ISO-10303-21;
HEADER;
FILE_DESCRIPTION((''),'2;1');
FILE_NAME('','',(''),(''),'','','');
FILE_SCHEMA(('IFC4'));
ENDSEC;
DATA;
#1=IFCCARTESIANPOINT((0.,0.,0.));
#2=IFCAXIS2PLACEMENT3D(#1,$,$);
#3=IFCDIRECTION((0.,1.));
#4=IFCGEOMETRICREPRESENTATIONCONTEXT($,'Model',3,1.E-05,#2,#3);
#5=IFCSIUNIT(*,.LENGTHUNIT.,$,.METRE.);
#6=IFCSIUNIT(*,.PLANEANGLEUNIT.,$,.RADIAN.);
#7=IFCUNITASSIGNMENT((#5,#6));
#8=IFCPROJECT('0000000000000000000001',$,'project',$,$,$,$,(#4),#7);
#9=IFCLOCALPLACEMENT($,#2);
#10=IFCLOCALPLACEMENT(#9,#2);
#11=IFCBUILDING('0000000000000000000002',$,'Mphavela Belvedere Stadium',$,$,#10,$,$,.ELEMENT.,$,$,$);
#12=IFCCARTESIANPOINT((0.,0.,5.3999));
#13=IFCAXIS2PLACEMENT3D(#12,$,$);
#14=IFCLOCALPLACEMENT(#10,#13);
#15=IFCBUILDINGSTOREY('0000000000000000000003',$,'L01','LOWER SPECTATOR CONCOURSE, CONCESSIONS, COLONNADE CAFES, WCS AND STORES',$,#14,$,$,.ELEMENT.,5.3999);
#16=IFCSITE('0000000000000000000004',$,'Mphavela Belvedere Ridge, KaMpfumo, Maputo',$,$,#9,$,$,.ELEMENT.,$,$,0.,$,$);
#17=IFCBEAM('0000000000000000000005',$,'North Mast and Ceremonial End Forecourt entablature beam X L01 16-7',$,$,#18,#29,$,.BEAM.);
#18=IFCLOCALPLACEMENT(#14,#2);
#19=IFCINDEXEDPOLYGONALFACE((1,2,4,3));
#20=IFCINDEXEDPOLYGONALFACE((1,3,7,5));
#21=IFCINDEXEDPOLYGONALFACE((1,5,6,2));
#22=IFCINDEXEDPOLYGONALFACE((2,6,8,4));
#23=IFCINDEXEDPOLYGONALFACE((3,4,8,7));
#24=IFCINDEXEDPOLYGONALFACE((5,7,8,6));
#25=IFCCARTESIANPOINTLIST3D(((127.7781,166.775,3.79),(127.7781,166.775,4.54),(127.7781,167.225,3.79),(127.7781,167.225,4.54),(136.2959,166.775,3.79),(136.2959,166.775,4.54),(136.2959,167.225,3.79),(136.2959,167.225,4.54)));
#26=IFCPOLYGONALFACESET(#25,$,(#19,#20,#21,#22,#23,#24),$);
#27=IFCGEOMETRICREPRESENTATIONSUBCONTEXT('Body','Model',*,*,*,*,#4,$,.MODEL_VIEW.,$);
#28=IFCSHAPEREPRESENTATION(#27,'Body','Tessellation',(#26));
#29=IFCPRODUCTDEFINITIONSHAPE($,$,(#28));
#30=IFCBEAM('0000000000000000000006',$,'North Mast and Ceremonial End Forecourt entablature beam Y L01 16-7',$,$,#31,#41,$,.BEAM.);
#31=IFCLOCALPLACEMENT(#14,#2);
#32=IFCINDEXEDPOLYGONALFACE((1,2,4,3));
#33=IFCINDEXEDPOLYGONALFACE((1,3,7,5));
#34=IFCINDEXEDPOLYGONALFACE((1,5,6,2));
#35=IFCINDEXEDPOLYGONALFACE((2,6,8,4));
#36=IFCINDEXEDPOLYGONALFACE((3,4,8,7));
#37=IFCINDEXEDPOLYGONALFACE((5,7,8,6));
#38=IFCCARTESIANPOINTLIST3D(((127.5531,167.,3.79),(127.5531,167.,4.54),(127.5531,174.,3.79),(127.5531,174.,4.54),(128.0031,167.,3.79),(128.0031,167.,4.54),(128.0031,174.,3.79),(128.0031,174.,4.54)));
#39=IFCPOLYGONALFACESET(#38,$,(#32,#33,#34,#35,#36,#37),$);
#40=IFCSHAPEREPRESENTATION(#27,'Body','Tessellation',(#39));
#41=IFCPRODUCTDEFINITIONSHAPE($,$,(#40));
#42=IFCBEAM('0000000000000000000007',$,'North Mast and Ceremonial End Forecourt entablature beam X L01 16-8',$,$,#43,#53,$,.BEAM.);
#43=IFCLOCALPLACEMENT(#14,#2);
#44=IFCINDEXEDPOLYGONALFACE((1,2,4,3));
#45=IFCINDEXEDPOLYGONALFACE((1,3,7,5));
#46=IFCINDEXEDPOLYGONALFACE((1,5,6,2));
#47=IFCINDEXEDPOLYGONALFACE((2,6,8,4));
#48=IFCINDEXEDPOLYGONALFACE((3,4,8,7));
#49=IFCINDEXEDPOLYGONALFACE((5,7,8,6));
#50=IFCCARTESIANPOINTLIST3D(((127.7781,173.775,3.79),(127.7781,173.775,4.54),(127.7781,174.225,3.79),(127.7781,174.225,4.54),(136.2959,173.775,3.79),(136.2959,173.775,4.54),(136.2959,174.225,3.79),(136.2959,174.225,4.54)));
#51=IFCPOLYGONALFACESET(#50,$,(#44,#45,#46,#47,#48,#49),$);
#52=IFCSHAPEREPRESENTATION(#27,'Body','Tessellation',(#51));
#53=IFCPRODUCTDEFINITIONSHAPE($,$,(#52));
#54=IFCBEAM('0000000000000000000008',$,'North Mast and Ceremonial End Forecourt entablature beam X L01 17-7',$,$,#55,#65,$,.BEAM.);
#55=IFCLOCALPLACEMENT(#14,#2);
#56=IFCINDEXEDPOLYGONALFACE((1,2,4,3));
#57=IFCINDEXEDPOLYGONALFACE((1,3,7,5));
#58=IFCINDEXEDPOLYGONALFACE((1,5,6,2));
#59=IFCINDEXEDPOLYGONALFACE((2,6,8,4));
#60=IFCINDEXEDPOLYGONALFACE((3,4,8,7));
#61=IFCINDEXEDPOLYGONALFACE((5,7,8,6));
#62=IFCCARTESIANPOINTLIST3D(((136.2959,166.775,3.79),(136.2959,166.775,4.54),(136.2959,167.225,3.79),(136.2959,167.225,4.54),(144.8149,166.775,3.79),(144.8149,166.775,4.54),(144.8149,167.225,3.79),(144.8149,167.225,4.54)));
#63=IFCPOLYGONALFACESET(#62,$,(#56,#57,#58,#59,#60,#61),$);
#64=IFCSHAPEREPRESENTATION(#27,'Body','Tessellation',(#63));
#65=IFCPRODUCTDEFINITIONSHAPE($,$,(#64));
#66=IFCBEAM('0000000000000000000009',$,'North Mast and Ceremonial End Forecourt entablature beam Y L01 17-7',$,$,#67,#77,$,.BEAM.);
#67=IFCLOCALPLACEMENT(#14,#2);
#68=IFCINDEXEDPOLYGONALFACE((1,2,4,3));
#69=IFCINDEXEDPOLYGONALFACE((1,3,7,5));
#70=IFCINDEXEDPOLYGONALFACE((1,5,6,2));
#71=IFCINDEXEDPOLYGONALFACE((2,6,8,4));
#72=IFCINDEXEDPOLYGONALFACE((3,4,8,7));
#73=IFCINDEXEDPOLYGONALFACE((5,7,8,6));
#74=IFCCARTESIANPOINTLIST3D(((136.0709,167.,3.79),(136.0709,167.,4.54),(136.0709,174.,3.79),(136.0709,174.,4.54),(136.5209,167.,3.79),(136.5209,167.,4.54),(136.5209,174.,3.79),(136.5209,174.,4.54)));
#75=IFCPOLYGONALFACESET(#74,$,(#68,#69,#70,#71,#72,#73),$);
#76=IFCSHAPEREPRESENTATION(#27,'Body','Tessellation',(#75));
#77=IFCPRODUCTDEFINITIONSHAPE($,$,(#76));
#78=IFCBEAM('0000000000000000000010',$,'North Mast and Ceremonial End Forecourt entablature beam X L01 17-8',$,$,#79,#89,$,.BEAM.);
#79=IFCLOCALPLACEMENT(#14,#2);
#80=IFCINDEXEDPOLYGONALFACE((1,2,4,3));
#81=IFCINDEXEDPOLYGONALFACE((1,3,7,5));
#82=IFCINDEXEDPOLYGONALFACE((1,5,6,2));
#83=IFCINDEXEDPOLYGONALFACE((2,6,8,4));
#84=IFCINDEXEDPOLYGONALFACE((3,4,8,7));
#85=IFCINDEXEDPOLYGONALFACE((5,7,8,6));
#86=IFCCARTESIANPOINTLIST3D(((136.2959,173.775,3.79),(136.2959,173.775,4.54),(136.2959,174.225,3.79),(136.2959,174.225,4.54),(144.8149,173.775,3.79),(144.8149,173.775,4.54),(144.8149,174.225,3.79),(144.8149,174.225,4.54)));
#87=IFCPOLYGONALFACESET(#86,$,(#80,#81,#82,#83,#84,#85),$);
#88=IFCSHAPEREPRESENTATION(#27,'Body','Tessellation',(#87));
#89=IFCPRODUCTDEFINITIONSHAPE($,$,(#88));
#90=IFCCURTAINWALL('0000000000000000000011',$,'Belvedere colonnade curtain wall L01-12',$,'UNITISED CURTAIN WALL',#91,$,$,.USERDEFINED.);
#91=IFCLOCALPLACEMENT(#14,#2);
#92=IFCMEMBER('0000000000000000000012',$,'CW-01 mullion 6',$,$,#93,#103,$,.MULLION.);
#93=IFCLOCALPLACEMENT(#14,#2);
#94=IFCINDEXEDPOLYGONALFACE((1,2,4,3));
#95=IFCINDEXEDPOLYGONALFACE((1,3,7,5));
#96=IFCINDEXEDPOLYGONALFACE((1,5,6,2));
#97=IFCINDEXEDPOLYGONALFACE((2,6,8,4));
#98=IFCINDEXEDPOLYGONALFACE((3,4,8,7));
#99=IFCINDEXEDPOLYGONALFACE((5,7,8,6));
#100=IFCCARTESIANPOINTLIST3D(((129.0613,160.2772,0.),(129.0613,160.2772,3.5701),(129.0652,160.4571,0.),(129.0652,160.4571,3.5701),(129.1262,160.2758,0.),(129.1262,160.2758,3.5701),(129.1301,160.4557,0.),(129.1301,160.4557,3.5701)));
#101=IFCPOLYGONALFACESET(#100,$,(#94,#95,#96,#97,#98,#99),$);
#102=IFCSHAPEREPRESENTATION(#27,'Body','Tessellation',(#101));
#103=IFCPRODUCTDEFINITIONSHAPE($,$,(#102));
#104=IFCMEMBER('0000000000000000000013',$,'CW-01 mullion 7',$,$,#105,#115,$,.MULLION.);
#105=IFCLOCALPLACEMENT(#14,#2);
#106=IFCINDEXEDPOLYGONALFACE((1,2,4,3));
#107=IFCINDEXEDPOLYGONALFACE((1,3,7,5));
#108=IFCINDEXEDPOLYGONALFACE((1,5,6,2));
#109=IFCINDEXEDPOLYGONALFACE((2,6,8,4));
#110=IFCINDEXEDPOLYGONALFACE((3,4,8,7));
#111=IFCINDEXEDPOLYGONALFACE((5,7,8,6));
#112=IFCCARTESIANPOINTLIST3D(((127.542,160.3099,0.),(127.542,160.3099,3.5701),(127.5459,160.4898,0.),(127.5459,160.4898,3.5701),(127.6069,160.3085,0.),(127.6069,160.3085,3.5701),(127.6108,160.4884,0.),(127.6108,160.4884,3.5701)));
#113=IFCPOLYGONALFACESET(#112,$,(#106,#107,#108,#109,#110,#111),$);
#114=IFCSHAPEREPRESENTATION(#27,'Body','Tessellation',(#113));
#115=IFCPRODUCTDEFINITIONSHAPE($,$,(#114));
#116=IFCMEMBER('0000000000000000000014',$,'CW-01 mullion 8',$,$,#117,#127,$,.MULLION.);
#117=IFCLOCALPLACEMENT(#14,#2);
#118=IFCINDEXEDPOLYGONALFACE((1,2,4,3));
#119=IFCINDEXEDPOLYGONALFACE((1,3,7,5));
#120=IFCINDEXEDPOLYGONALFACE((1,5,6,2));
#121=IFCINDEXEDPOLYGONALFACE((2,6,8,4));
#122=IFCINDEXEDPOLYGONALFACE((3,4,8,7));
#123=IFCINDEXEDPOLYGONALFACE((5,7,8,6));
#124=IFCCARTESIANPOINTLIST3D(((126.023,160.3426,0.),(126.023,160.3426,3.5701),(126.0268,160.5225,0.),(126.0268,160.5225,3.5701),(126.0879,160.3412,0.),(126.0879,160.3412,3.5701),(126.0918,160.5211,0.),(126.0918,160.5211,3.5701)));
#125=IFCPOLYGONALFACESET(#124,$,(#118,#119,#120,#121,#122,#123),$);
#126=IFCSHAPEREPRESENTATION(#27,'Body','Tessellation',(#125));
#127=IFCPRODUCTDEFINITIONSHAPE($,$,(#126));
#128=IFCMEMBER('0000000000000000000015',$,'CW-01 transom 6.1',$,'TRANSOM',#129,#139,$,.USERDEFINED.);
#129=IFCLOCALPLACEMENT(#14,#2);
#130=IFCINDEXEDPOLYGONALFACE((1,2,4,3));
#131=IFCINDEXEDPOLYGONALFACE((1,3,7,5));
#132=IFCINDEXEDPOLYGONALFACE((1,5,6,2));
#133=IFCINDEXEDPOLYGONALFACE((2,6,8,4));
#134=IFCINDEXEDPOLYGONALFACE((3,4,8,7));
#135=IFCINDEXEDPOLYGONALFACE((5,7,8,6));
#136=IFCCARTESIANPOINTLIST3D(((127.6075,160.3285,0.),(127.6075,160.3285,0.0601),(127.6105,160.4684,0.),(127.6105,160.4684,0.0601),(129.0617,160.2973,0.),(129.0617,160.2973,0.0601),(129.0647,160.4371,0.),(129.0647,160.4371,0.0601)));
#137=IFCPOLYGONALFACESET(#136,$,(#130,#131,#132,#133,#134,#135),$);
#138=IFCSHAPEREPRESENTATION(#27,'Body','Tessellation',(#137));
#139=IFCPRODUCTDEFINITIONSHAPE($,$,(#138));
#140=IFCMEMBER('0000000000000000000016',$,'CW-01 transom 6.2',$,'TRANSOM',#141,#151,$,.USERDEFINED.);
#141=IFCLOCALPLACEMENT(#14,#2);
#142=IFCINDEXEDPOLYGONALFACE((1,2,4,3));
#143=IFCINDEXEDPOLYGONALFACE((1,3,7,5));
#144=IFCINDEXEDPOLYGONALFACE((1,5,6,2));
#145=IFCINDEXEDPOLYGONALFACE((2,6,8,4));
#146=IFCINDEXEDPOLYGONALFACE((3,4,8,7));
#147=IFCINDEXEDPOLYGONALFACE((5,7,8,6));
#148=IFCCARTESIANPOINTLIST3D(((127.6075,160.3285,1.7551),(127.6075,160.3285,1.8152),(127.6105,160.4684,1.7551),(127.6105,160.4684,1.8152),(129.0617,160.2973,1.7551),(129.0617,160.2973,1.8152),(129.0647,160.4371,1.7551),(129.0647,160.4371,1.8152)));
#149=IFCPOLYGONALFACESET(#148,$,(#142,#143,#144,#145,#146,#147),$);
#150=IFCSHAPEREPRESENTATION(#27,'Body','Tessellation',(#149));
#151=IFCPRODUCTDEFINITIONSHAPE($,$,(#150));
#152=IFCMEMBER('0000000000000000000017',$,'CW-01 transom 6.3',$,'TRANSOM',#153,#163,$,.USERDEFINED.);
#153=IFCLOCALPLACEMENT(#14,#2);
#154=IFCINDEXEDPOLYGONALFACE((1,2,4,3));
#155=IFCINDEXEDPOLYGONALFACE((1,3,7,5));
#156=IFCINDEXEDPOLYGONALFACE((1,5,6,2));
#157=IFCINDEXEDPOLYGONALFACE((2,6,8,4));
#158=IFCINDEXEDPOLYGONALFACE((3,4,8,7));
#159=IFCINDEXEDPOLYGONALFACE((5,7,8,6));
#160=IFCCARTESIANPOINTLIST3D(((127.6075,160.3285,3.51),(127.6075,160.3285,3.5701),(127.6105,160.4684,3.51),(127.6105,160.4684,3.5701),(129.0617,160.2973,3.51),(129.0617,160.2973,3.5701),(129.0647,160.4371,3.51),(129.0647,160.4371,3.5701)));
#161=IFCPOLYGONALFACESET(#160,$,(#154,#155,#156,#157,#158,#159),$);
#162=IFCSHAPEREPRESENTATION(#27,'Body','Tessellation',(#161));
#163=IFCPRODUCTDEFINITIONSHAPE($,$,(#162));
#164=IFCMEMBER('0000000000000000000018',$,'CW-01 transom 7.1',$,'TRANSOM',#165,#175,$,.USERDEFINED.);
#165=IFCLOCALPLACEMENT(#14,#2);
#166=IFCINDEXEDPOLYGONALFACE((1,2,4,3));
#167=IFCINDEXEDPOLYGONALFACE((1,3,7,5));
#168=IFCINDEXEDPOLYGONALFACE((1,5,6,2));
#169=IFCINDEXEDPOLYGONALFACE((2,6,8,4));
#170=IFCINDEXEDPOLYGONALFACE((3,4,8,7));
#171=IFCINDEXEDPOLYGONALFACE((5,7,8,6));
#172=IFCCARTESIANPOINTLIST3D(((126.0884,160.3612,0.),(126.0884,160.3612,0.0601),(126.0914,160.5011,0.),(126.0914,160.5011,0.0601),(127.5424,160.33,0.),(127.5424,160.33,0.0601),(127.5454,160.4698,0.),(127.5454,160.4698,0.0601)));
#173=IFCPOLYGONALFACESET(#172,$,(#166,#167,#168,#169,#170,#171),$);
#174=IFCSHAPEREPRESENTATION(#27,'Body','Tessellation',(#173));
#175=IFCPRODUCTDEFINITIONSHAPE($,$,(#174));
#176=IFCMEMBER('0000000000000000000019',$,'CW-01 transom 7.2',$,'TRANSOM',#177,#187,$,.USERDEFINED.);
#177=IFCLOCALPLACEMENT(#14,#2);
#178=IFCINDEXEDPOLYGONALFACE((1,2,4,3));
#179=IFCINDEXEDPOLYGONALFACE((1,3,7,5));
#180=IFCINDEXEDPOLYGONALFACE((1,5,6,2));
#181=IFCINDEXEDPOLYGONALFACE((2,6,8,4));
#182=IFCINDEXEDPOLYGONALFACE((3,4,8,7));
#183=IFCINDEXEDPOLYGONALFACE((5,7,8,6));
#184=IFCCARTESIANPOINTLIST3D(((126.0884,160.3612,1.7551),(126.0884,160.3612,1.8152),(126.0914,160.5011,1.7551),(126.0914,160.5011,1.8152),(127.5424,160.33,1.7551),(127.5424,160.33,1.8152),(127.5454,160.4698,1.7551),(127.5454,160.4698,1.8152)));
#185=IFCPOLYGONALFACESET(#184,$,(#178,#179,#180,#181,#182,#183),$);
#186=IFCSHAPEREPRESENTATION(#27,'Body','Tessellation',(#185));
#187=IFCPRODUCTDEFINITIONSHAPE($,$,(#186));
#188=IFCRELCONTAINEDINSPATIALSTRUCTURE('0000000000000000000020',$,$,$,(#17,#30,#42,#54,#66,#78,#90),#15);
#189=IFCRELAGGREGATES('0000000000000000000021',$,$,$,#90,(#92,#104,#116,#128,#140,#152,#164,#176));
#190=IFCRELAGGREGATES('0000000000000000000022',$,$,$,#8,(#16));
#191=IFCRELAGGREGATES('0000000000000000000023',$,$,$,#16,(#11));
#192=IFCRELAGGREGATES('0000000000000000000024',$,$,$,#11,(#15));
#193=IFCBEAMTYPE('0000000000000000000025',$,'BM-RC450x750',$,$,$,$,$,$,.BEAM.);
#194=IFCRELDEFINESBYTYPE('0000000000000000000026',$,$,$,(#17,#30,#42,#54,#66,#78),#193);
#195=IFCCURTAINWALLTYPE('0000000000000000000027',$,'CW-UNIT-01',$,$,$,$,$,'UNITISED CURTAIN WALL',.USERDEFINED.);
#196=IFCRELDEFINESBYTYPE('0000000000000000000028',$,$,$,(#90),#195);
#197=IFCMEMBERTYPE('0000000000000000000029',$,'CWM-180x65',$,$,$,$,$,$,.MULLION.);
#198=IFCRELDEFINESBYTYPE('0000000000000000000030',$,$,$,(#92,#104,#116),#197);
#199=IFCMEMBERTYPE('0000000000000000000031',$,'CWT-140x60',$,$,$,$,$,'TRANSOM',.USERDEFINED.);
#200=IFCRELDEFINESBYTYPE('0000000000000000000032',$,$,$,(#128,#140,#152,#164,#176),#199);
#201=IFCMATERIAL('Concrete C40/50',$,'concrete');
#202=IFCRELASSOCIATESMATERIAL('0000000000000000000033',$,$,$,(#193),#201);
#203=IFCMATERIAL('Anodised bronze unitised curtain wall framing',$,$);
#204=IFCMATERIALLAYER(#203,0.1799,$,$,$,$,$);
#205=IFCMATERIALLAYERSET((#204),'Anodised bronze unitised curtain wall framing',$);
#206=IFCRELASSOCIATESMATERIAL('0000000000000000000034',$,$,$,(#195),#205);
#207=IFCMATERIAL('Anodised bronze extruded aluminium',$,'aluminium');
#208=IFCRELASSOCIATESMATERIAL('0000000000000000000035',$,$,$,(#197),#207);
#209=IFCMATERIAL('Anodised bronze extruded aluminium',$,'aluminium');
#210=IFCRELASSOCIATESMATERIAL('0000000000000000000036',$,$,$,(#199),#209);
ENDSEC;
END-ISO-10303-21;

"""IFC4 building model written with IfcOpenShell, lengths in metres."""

from ifc_helpers import new_model, si_unit, direction, frame, origin, origin_2d, place, context, subcontext, project, spatial, rectangle, extrude, material, layer, layer_set, material_profile, profile_set, type_object, element, aggregate, save


model = new_model("IFC4")

# Units and contexts
model_context = context("Model", 3, precision=1e-05, world=origin(), true_north=direction((0.0, 1.0)))
body_context = subcontext(model_context, "Body", "Model", "MODEL_VIEW")
ifc_project = project(units=[si_unit("LENGTHUNIT", "METRE"), si_unit("PLANEANGLEUNIT", "RADIAN")], contexts=[model_context])

# Site, building, storey
site_placement = place(None, origin())
site = spatial("IfcSite", under=ifc_project, at=site_placement, Name="Mphavela Belvedere Ridge, KaMpfumo, Maputo", CompositionType="ELEMENT", RefElevation=0.0)
building_placement = place(site_placement, origin())
building = spatial("IfcBuilding", under=site, at=building_placement, Name="Mphavela Belvedere Stadium", CompositionType="ELEMENT")
storey_placement = place(building_placement, frame((0.0, 0.0, 5.3999)))
storey = spatial("IfcBuildingStorey", under=building, at=storey_placement, Name="L01", Description="LOWER SPECTATOR CONCOURSE, CONCESSIONS, COLONNADE CAFES, WCS AND STORES", CompositionType="ELEMENT", Elevation=5.3999)

# Beams
ifc_material_1 = material(Name="Concrete C40/50", Category="concrete")
ifc_material_profile_1 = material_profile(ifc_material_1, rectangle(XDim=0.45, YDim=0.75, at=origin_2d()), Name="RC 450x750")
ifc_profile_set_1 = profile_set([ifc_material_profile_1], Name="Concrete C40/50")
beam_type_1 = type_object("IfcBeamType", Name="BM-RC450x750", PredefinedType="BEAM", material=ifc_profile_set_1)
beam_1_placement = place(storey_placement, frame((127.7781, 167.0, 4.165), z_axis=(1.0, 0.0, 0.0), x_axis=(0.0, 1.0, 0.0)))
element("IfcBeam", 1, at=beam_1_placement, inside=storey, type_object=beam_type_1, Name="North Mast and Ceremonial End Forecourt entablature beam X L01 16-7", PredefinedType="BEAM", context=body_context, shape_type="SweptSolid", body=[
    extrude(rectangle(XDim=0.45, YDim=0.75, at=origin_2d()), origin(), (0.0, 0.0, 1.0), 8.5178),
])
beam_2_placement = place(storey_placement, frame((127.7781, 167.0, 4.165), z_axis=(0.0, 1.0, 0.0), x_axis=(-1.0, 0.0, 0.0)))
element("IfcBeam", 2, at=beam_2_placement, inside=storey, type_object=beam_type_1, Name="North Mast and Ceremonial End Forecourt entablature beam Y L01 16-7", PredefinedType="BEAM", context=body_context, shape_type="SweptSolid", body=[
    extrude(rectangle(XDim=0.45, YDim=0.75, at=origin_2d()), origin(), (0.0, 0.0, 1.0), 7.0),
])
beam_3_placement = place(storey_placement, frame((127.7781, 174.0, 4.165), z_axis=(1.0, 0.0, 0.0), x_axis=(0.0, 1.0, 0.0)))
element("IfcBeam", 3, at=beam_3_placement, inside=storey, type_object=beam_type_1, Name="North Mast and Ceremonial End Forecourt entablature beam X L01 16-8", PredefinedType="BEAM", context=body_context, shape_type="SweptSolid", body=[
    extrude(rectangle(XDim=0.45, YDim=0.75, at=origin_2d()), origin(), (0.0, 0.0, 1.0), 8.5178),
])
beam_4_placement = place(storey_placement, frame((136.2959, 167.0, 4.165), z_axis=(1.0, 0.0, 0.0), x_axis=(0.0, 1.0, 0.0)))
element("IfcBeam", 4, at=beam_4_placement, inside=storey, type_object=beam_type_1, Name="North Mast and Ceremonial End Forecourt entablature beam X L01 17-7", PredefinedType="BEAM", context=body_context, shape_type="SweptSolid", body=[
    extrude(rectangle(XDim=0.45, YDim=0.75, at=origin_2d()), origin(), (0.0, 0.0, 1.0), 8.519),
])
beam_5_placement = place(storey_placement, frame((136.2959, 167.0, 4.165), z_axis=(0.0, 1.0, 0.0), x_axis=(-1.0, 0.0, 0.0)))
element("IfcBeam", 5, at=beam_5_placement, inside=storey, type_object=beam_type_1, Name="North Mast and Ceremonial End Forecourt entablature beam Y L01 17-7", PredefinedType="BEAM", context=body_context, shape_type="SweptSolid", body=[
    extrude(rectangle(XDim=0.45, YDim=0.75, at=origin_2d()), origin(), (0.0, 0.0, 1.0), 7.0),
])
beam_6_placement = place(storey_placement, frame((136.2959, 174.0, 4.165), z_axis=(1.0, 0.0, 0.0), x_axis=(0.0, 1.0, 0.0)))
element("IfcBeam", 6, at=beam_6_placement, inside=storey, type_object=beam_type_1, Name="North Mast and Ceremonial End Forecourt entablature beam X L01 17-8", PredefinedType="BEAM", context=body_context, shape_type="SweptSolid", body=[
    extrude(rectangle(XDim=0.45, YDim=0.75, at=origin_2d()), origin(), (0.0, 0.0, 1.0), 8.519),
])

# Curtain wall, members
ifc_material_2 = material(Name="Anodised bronze unitised curtain wall framing")
ifc_layer_1 = layer(ifc_material_2, 0.1799)
ifc_layer_set_1 = layer_set([ifc_layer_1], Name="Anodised bronze unitised curtain wall framing")
curtain_wall_type = type_object("IfcCurtainWallType", Name="CW-UNIT-01", ElementType="UNITISED CURTAIN WALL", PredefinedType="USERDEFINED", material=ifc_layer_set_1)
curtain_wall_placement = place(storey_placement, origin())
curtain_wall = element("IfcCurtainWall", 7, at=curtain_wall_placement, inside=storey, type_object=curtain_wall_type, Name="Belvedere colonnade curtain wall L01-12", ObjectType="UNITISED CURTAIN WALL", PredefinedType="USERDEFINED")
ifc_material_3 = material(Name="Anodised bronze extruded aluminium", Category="aluminium")
ifc_material_profile_2 = material_profile(ifc_material_3, rectangle(XDim=0.1799, YDim=0.0649, at=origin_2d()), Name="CW-MUL 180x65")
ifc_profile_set_2 = profile_set([ifc_material_profile_2], Name="Anodised bronze extruded aluminium")
member_type_1 = type_object("IfcMemberType", Name="CWM-180x65", PredefinedType="MULLION", material=ifc_profile_set_2)
member_1_placement = place(storey_placement, frame((129.0957, 160.3665, 0.0), z_axis=(0.0, 0.0, 1.0), x_axis=(-0.021529, -0.999768, 0.0)))
member_1 = element("IfcMember", 8, at=member_1_placement, type_object=member_type_1, Name="CW-01 mullion 6", PredefinedType="MULLION", context=body_context, shape_type="SweptSolid", body=[
    extrude(rectangle(XDim=0.1799, YDim=0.0649, at=origin_2d()), origin(), (0.0, 0.0, 1.0), 3.5701),
])
member_2_placement = place(storey_placement, frame((127.5764, 160.3992, 0.0), z_axis=(0.0, 0.0, 1.0), x_axis=(-0.021529, -0.999768, 0.0)))
member_2 = element("IfcMember", 9, at=member_2_placement, type_object=member_type_1, Name="CW-01 mullion 7", PredefinedType="MULLION", context=body_context, shape_type="SweptSolid", body=[
    extrude(rectangle(XDim=0.1799, YDim=0.0649, at=origin_2d()), origin(), (0.0, 0.0, 1.0), 3.5701),
])
member_3_placement = place(storey_placement, frame((126.0574, 160.4319, 0.0), z_axis=(0.0, 0.0, 1.0), x_axis=(-0.021529, -0.999768, 0.0)))
member_3 = element("IfcMember", 10, at=member_3_placement, type_object=member_type_1, Name="CW-01 mullion 8", PredefinedType="MULLION", context=body_context, shape_type="SweptSolid", body=[
    extrude(rectangle(XDim=0.1799, YDim=0.0649, at=origin_2d()), origin(), (0.0, 0.0, 1.0), 3.5701),
])
ifc_material_4 = material(Name="Anodised bronze extruded aluminium", Category="aluminium")
ifc_material_profile_3 = material_profile(ifc_material_4, rectangle(XDim=0.1399, YDim=0.0601, at=origin_2d()), Name="CW-TRN 140x60")
ifc_profile_set_3 = profile_set([ifc_material_profile_3], Name="Anodised bronze extruded aluminium")
member_type_2 = type_object("IfcMemberType", Name="CWT-140x60", ElementType="TRANSOM", PredefinedType="USERDEFINED", material=ifc_profile_set_3)
member_4_placement = place(storey_placement, frame((129.0632, 160.3672, 0.03), z_axis=(-0.999769, 0.021482, 0.0), x_axis=(-0.021482, -0.999769, 0.0)))
member_4 = element("IfcMember", 11, at=member_4_placement, type_object=member_type_2, Name="CW-01 transom 6.1", ObjectType="TRANSOM", PredefinedType="USERDEFINED", context=body_context, shape_type="SweptSolid", body=[
    extrude(rectangle(XDim=0.1399, YDim=0.0601, at=origin_2d()), origin(), (0.0, 0.0, 1.0), 1.4546),
])
member_5_placement = place(storey_placement, frame((129.0632, 160.3672, 1.7852), z_axis=(-0.999769, 0.021482, 0.0), x_axis=(-0.021482, -0.999769, 0.0)))
member_5 = element("IfcMember", 12, at=member_5_placement, type_object=member_type_2, Name="CW-01 transom 6.2", ObjectType="TRANSOM", PredefinedType="USERDEFINED", context=body_context, shape_type="SweptSolid", body=[
    extrude(rectangle(XDim=0.1399, YDim=0.0601, at=origin_2d()), origin(), (0.0, 0.0, 1.0), 1.4546),
])
member_6_placement = place(storey_placement, frame((129.0632, 160.3672, 3.54), z_axis=(-0.999769, 0.021482, 0.0), x_axis=(-0.021482, -0.999769, 0.0)))
member_6 = element("IfcMember", 13, at=member_6_placement, type_object=member_type_2, Name="CW-01 transom 6.3", ObjectType="TRANSOM", PredefinedType="USERDEFINED", context=body_context, shape_type="SweptSolid", body=[
    extrude(rectangle(XDim=0.1399, YDim=0.0601, at=origin_2d()), origin(), (0.0, 0.0, 1.0), 1.4546),
])
member_7_placement = place(storey_placement, frame((127.5439, 160.3999, 0.03), z_axis=(-0.999769, 0.021486, 0.0), x_axis=(-0.021486, -0.999769, 0.0)))
member_7 = element("IfcMember", 14, at=member_7_placement, type_object=member_type_2, Name="CW-01 transom 7.1", ObjectType="TRANSOM", PredefinedType="USERDEFINED", context=body_context, shape_type="SweptSolid", body=[
    extrude(rectangle(XDim=0.1399, YDim=0.0601, at=origin_2d()), origin(), (0.0, 0.0, 1.0), 1.4543),
])
member_8_placement = place(storey_placement, frame((127.5439, 160.3999, 1.7852), z_axis=(-0.999769, 0.021486, 0.0), x_axis=(-0.021486, -0.999769, 0.0)))
member_8 = element("IfcMember", 15, at=member_8_placement, type_object=member_type_2, Name="CW-01 transom 7.2", ObjectType="TRANSOM", PredefinedType="USERDEFINED", context=body_context, shape_type="SweptSolid", body=[
    extrude(rectangle(XDim=0.1399, YDim=0.0601, at=origin_2d()), origin(), (0.0, 0.0, 1.0), 1.4543),
])
aggregate(curtain_wall, [member_1, member_2, member_3, member_4, member_5, member_6, member_7, member_8])

save(model, "model.ifc")
